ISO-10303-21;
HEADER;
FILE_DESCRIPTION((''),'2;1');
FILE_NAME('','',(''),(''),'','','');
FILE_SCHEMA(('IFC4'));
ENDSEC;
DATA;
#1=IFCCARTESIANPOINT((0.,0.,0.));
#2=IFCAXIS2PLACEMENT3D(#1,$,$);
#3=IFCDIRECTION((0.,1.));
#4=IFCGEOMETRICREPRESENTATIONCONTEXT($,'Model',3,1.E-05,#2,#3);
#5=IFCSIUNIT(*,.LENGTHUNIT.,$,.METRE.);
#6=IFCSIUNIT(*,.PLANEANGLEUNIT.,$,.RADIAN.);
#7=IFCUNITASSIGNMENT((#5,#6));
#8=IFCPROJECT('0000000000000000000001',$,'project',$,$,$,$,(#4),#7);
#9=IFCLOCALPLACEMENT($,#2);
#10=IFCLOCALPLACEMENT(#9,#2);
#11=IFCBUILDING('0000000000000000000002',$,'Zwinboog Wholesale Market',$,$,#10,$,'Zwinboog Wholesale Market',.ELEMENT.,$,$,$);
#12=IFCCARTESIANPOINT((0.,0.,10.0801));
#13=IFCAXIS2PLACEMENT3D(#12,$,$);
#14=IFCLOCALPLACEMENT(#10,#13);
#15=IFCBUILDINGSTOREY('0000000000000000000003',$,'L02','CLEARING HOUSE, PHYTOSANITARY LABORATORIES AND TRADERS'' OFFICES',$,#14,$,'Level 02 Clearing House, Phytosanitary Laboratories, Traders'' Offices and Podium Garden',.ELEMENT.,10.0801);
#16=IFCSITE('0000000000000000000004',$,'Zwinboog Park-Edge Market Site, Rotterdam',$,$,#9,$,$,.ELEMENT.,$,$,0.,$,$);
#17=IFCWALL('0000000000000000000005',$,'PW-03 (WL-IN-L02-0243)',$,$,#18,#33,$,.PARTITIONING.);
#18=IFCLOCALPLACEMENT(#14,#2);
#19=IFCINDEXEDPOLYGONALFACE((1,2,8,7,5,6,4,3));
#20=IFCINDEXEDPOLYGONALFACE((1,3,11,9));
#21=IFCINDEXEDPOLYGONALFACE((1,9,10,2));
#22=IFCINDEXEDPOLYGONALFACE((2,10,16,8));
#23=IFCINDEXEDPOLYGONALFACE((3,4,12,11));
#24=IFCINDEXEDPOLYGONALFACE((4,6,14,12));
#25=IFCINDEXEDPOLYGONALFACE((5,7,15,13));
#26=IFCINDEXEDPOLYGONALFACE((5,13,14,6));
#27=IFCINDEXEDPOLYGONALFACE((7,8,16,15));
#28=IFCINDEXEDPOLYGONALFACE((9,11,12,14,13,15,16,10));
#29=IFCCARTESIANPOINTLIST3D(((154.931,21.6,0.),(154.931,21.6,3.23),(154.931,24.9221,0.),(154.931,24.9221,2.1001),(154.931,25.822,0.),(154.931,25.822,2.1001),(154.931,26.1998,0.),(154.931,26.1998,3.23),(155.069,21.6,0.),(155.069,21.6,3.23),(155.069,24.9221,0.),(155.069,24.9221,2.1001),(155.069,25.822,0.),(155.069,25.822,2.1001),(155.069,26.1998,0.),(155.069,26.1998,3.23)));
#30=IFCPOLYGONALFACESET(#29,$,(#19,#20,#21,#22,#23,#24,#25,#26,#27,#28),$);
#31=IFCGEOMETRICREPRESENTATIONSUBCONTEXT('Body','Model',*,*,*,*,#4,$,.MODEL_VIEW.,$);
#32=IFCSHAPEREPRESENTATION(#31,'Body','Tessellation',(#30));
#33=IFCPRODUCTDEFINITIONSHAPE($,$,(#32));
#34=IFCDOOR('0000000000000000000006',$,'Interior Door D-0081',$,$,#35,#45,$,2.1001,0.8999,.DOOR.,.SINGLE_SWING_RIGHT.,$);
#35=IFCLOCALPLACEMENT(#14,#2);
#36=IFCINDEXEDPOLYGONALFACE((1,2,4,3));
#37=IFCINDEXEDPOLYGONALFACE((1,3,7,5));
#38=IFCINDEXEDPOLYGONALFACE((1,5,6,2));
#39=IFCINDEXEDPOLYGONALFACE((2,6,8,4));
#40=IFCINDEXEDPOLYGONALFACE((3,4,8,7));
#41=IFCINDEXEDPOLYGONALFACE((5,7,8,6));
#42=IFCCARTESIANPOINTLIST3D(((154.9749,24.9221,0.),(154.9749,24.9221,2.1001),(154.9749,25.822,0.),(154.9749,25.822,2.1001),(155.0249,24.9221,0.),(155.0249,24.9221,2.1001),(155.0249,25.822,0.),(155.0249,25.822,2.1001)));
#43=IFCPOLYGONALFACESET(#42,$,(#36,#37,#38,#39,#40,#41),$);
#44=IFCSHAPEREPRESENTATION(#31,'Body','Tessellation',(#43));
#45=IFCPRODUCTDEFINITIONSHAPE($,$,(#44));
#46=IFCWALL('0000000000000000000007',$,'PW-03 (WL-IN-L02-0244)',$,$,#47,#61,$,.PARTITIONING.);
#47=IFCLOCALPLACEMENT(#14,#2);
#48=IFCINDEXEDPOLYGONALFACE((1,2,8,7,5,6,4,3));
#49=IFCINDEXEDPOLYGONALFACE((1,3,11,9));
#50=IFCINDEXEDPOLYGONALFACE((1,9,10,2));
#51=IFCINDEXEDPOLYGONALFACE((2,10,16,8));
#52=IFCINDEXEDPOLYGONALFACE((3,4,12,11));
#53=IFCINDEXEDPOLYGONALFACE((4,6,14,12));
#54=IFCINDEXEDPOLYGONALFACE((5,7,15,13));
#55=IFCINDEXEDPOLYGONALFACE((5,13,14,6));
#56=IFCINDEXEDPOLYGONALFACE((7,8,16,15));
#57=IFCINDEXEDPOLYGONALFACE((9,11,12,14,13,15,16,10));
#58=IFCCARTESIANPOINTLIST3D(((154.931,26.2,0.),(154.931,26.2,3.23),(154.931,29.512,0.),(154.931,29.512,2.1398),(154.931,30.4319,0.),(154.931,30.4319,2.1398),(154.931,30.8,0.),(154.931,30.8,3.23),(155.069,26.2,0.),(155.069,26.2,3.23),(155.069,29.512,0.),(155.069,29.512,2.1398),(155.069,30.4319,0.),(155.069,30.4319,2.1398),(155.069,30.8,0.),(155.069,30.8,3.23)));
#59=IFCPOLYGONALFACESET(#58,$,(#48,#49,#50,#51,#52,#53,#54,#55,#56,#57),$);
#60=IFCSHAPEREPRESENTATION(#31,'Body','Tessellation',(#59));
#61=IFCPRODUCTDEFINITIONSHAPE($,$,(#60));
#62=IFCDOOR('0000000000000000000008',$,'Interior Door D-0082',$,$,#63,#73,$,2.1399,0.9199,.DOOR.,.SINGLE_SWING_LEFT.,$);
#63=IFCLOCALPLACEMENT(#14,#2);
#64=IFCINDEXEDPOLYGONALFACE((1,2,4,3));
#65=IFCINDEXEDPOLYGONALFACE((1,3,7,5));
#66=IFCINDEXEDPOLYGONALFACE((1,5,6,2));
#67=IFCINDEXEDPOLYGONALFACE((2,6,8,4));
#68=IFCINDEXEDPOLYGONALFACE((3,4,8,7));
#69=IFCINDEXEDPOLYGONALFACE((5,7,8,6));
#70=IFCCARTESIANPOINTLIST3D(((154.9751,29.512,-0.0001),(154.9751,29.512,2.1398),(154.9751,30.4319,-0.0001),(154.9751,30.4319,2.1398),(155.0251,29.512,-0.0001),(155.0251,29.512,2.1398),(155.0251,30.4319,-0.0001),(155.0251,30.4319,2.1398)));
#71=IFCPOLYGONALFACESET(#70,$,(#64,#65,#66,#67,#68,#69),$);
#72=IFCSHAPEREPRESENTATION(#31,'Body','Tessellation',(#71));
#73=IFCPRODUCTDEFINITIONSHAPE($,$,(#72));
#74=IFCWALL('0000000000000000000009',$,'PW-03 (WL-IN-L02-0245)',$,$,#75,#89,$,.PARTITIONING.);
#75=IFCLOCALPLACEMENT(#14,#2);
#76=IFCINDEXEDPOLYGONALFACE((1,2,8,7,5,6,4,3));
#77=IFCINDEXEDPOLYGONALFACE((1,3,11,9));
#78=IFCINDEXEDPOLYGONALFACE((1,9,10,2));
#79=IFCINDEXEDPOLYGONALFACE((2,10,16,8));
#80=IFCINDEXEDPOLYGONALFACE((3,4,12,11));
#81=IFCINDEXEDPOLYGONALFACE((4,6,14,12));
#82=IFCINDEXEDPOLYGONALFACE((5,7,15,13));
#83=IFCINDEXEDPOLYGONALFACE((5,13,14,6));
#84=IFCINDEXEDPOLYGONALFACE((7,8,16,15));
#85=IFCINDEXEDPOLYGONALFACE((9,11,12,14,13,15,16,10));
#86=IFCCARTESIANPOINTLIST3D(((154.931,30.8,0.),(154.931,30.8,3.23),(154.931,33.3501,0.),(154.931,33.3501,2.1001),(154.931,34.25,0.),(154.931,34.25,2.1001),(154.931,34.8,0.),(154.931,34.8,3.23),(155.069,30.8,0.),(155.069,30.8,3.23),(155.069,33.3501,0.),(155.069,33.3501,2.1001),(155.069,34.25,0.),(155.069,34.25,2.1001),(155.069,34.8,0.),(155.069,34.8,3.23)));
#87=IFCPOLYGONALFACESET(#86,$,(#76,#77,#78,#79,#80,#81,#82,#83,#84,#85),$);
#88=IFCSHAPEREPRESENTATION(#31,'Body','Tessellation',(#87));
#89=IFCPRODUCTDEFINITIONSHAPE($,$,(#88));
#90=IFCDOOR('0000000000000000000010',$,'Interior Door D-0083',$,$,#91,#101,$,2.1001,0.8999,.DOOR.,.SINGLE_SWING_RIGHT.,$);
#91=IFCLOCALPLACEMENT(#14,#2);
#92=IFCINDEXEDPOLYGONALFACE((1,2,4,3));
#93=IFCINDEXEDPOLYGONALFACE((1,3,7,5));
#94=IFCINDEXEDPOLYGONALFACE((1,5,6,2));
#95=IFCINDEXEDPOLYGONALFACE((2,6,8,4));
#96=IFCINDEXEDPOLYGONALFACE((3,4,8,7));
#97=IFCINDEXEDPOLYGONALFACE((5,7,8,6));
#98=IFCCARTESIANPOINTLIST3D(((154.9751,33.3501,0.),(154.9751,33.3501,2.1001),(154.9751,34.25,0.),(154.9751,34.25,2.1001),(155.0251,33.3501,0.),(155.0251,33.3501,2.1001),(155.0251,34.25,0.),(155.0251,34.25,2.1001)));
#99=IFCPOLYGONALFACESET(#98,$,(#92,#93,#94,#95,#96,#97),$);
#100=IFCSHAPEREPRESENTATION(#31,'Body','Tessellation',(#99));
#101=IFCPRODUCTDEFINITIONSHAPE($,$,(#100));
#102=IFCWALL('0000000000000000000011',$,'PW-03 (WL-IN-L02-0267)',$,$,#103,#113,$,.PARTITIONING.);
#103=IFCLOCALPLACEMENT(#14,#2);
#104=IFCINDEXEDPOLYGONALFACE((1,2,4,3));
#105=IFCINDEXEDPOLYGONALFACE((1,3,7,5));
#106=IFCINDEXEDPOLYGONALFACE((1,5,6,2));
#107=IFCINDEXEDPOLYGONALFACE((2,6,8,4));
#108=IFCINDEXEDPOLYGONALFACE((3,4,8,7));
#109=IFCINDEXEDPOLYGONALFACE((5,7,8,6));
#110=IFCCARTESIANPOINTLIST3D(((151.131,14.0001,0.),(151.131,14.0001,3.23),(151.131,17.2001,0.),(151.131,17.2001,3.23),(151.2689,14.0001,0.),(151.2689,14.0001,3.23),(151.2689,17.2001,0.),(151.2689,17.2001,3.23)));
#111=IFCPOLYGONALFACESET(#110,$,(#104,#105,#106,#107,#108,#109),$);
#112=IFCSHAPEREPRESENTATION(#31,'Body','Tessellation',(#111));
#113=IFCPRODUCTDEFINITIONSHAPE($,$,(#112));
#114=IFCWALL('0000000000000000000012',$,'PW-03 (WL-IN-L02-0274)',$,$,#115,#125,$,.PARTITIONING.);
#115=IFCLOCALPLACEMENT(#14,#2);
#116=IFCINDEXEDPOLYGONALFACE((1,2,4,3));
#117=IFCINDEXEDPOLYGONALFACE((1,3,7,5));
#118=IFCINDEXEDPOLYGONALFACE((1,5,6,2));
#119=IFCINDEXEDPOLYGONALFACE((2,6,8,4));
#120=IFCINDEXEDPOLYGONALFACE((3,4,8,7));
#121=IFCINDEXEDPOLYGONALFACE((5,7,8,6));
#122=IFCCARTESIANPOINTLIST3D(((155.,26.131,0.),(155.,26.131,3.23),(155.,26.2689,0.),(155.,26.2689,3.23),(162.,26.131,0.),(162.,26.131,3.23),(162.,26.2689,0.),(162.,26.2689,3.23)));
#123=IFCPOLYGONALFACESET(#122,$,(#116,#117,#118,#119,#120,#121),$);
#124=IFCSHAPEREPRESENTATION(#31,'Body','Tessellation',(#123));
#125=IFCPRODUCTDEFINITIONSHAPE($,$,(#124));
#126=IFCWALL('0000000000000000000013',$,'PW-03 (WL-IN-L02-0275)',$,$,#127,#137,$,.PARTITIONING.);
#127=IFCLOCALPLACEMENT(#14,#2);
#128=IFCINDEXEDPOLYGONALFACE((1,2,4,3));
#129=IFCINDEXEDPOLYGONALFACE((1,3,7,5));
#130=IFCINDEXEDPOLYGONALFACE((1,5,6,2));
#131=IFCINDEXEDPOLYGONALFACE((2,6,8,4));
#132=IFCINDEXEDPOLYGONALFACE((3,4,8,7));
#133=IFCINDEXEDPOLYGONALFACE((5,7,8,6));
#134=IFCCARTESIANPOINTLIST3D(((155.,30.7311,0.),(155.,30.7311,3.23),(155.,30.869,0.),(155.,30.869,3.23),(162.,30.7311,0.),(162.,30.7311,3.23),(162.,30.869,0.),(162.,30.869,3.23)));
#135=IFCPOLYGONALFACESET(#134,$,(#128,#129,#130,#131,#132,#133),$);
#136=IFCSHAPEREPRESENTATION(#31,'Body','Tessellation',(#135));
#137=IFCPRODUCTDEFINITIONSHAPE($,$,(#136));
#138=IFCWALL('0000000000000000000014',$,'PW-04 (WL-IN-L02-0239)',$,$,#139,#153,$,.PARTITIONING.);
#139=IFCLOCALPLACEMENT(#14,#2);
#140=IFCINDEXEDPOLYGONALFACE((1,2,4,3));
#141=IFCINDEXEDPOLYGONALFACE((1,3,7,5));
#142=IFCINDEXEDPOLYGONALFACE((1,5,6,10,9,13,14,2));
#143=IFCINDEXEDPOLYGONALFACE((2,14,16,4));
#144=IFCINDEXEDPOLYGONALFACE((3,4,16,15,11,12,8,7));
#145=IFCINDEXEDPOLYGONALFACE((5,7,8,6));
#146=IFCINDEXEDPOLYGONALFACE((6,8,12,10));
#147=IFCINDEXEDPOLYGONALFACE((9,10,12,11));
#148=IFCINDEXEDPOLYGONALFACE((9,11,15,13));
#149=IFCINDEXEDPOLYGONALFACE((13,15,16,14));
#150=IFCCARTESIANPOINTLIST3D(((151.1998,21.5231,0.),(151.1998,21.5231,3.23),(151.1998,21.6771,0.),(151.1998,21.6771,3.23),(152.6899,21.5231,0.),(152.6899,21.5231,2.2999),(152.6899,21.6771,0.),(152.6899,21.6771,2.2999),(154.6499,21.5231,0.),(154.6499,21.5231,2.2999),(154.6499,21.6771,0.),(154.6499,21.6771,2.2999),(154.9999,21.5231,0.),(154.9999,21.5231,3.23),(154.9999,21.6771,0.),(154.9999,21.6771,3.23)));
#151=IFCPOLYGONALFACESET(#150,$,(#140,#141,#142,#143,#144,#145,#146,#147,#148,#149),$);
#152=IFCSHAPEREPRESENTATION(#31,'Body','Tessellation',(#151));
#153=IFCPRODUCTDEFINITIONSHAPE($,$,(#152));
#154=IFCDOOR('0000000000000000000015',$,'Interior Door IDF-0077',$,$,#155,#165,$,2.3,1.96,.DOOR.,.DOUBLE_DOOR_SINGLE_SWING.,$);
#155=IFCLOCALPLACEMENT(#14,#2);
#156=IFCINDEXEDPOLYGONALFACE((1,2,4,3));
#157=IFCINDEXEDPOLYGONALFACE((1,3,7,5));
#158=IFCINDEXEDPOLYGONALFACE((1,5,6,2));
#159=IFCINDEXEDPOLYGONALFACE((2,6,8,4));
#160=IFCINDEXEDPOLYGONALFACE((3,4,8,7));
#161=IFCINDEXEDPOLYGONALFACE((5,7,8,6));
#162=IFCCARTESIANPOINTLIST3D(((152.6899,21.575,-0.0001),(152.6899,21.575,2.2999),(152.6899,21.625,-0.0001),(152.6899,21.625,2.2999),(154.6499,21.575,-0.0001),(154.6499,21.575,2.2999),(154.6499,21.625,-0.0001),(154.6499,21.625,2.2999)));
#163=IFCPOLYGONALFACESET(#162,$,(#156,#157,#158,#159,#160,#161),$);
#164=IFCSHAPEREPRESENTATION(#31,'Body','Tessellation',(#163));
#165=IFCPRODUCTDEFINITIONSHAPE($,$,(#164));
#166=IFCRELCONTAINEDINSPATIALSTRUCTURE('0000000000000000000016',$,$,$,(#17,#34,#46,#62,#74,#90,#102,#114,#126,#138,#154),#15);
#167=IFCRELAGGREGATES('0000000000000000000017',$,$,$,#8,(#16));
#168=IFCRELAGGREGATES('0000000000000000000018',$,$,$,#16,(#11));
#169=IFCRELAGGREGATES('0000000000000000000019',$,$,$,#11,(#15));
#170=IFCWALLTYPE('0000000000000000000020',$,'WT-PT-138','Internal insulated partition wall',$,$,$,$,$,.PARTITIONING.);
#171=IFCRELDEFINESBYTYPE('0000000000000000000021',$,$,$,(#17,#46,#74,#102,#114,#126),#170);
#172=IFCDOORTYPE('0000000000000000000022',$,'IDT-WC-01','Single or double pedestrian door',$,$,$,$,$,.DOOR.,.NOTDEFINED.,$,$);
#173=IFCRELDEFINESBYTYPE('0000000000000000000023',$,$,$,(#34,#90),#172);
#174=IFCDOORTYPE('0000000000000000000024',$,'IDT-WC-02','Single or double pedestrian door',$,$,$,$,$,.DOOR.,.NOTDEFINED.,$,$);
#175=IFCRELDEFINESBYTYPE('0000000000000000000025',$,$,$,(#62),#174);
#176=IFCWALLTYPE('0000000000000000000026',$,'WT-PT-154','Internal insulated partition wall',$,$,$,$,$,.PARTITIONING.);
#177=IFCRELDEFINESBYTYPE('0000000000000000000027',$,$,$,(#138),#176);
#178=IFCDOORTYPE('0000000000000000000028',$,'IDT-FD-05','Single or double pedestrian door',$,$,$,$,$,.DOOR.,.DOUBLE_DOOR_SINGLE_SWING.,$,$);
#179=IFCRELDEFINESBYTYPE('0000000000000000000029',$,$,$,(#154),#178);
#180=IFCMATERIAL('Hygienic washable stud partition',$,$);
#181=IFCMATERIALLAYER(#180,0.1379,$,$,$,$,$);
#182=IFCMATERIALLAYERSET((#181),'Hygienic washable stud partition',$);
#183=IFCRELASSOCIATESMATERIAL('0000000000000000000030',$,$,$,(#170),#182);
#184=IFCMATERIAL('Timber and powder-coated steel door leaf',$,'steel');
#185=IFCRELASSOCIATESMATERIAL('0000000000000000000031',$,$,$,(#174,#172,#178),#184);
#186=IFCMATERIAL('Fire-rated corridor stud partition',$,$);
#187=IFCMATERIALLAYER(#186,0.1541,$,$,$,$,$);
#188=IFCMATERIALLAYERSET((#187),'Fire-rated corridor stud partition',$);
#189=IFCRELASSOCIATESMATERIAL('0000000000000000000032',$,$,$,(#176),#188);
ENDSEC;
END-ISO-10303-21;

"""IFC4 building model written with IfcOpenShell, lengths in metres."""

from ifc_helpers import new_model, si_unit, direction, frame, frame_2d, origin, place, context, subcontext, project, spatial, rectangle, extrude, material, layer, layer_set, type_object, element, fill, save


model = new_model("IFC4")

# Units and contexts
model_context = context("Model", 3, precision=1e-05, world=origin(), true_north=direction((0.0, 1.0)))
body_context = subcontext(model_context, "Body", "Model", "MODEL_VIEW")
ifc_project = project(units=[si_unit("LENGTHUNIT", "METRE"), si_unit("PLANEANGLEUNIT", "RADIAN")], contexts=[model_context])

# Site, building, storey
site_placement = place(None, origin())
site = spatial("IfcSite", under=ifc_project, at=site_placement, Name="Zwinboog Park-Edge Market Site, Rotterdam", CompositionType="ELEMENT", RefElevation=0.0)
building_placement = place(site_placement, origin())
building = spatial("IfcBuilding", under=site, at=building_placement, Name="Zwinboog Wholesale Market", LongName="Zwinboog Wholesale Market", CompositionType="ELEMENT")
storey_placement = place(building_placement, frame((0.0, 0.0, 10.0801)))
storey = spatial("IfcBuildingStorey", under=building, at=storey_placement, Name="L02", Description="CLEARING HOUSE, PHYTOSANITARY LABORATORIES AND TRADERS' OFFICES", LongName="Level 02 Clearing House, Phytosanitary Laboratories, Traders' Offices and Podium Garden", CompositionType="ELEMENT", Elevation=10.0801)

# Walls, openings, doors
ifc_material_1 = material(Name="Hygienic washable stud partition")
ifc_layer_1 = layer(ifc_material_1, 0.1379)
ifc_layer_set_1 = layer_set([ifc_layer_1], Name="Hygienic washable stud partition")
wall_type_1 = type_object("IfcWallType", Name="WT-PT-138", Description="Internal insulated partition wall", PredefinedType="PARTITIONING", material=ifc_layer_set_1)
ifc_material_2 = material(Name="Timber and powder-coated steel door leaf", Category="steel")
door_type_1 = type_object("IfcDoorType", Name="IDT-WC-02", Description="Single or double pedestrian door", OperationType="NOTDEFINED", PredefinedType="DOOR", material=ifc_material_2)
wall_1_placement = place(storey_placement, frame((155.0, 21.6001, 0.0), z_axis=(0.0, 0.0, 1.0), x_axis=(0.0, 1.0, 0.0)))
wall_1 = element("IfcWall", 1, at=wall_1_placement, inside=storey, type_object=wall_type_1, Name="PW-03 (WL-IN-L02-0243)", PredefinedType="PARTITIONING", context=body_context, shape_type="SweptSolid", body=[
    extrude(rectangle(XDim=4.5999, YDim=0.1379, at=frame_2d((2.2998, 0.0))), origin(), (0.0, 0.0, 1.0), 3.23),
])
opening_1_placement = place(wall_1_placement, frame((3.322, 0.0, 0.0)))
opening_1 = element("IfcOpeningElement", 2, at=opening_1_placement, cuts=wall_1, PredefinedType="OPENING", context=body_context, shape_type="SweptSolid", body=[
    extrude(rectangle(XDim=0.8999, YDim=2.1001, at=frame_2d((0.45, 1.05))), frame((0.0, 0.0789, 0.0), z_axis=(0.0, -1.0, 0.0), x_axis=(1.0, 0.0, 0.0)), (0.0, 0.0, 1.0), 0.158),
])
door_type_2 = type_object("IfcDoorType", Name="IDT-WC-01", Description="Single or double pedestrian door", OperationType="NOTDEFINED", PredefinedType="DOOR", material=ifc_material_2)
door_1_placement = place(opening_1_placement, frame((0.8999, 0.0, 0.0), z_axis=(0.0, 0.0, 1.0), x_axis=(-1.0, 0.0, 0.0)))
door_1 = element("IfcDoor", 3, at=door_1_placement, inside=storey, type_object=door_type_2, Name="Interior Door D-0081", OperationType="SINGLE_SWING_RIGHT", OverallHeight=2.1001, OverallWidth=0.8999, PredefinedType="DOOR", context=body_context, shape_type="SweptSolid", body=[
    extrude(rectangle(XDim=0.8999, YDim=2.1001, at=frame_2d((0.45, 1.05))), frame((0.0, 0.0249, 0.0), z_axis=(0.0, -1.0, 0.0), x_axis=(1.0, 0.0, 0.0)), (0.0, 0.0, 1.0), 0.05),
])
fill(opening_1, door_1)
wall_2_placement = place(storey_placement, frame((155.0, 26.2, 0.0), z_axis=(0.0, 0.0, 1.0), x_axis=(0.0, 1.0, 0.0)))
wall_2 = element("IfcWall", 4, at=wall_2_placement, inside=storey, type_object=wall_type_1, Name="PW-03 (WL-IN-L02-0244)", PredefinedType="PARTITIONING", context=body_context, shape_type="SweptSolid", body=[
    extrude(rectangle(XDim=4.6001, YDim=0.1379, at=frame_2d((2.3, 0.0))), origin(), (0.0, 0.0, 1.0), 3.23),
])
opening_2_placement = place(wall_2_placement, frame((3.312, 0.0, 0.0)))
opening_2 = element("IfcOpeningElement", 5, at=opening_2_placement, cuts=wall_2, PredefinedType="OPENING", context=body_context, shape_type="SweptSolid", body=[
    extrude(rectangle(XDim=0.9199, YDim=2.1399, at=frame_2d((0.46, 1.0698))), frame((0.0, 0.0789, 0.0), z_axis=(0.0, -1.0, 0.0), x_axis=(1.0, 0.0, 0.0)), (0.0, 0.0, 1.0), 0.158),
])
door_2_placement = place(opening_2_placement, origin())
door_2 = element("IfcDoor", 6, at=door_2_placement, inside=storey, type_object=door_type_1, Name="Interior Door D-0082", OperationType="SINGLE_SWING_LEFT", OverallHeight=2.1399, OverallWidth=0.9199, PredefinedType="DOOR", context=body_context, shape_type="SweptSolid", body=[
    extrude(rectangle(XDim=0.9199, YDim=2.1399, at=frame_2d((0.46, 1.0698))), frame((0.0, 0.0249, 0.0), z_axis=(0.0, -1.0, 0.0), x_axis=(1.0, 0.0, 0.0)), (0.0, 0.0, 1.0), 0.05),
])
fill(opening_2, door_2)
wall_3_placement = place(storey_placement, frame((155.0, 30.8, 0.0), z_axis=(0.0, 0.0, 1.0), x_axis=(0.0, 1.0, 0.0)))
wall_3 = element("IfcWall", 7, at=wall_3_placement, inside=storey, type_object=wall_type_1, Name="PW-03 (WL-IN-L02-0245)", PredefinedType="PARTITIONING", context=body_context, shape_type="SweptSolid", body=[
    extrude(rectangle(XDim=4.0, YDim=0.1379, at=frame_2d((2.0, 0.0))), origin(), (0.0, 0.0, 1.0), 3.23),
])
opening_3_placement = place(wall_3_placement, frame((2.55, 0.0, 0.0)))
opening_3 = element("IfcOpeningElement", 8, at=opening_3_placement, cuts=wall_3, PredefinedType="OPENING", context=body_context, shape_type="SweptSolid", body=[
    extrude(rectangle(XDim=0.8999, YDim=2.1001, at=frame_2d((0.45, 1.05))), frame((0.0, 0.0789, 0.0), z_axis=(0.0, -1.0, 0.0), x_axis=(1.0, 0.0, 0.0)), (0.0, 0.0, 1.0), 0.158),
])
door_3_placement = place(opening_3_placement, origin())
door_3 = element("IfcDoor", 9, at=door_3_placement, inside=storey, type_object=door_type_2, Name="Interior Door D-0083", OperationType="SINGLE_SWING_RIGHT", OverallHeight=2.1001, OverallWidth=0.8999, PredefinedType="DOOR", context=body_context, shape_type="SweptSolid", body=[
    extrude(rectangle(XDim=0.8999, YDim=2.1001, at=frame_2d((0.45, 1.05))), frame((0.0, 0.0249, 0.0), z_axis=(0.0, -1.0, 0.0), x_axis=(1.0, 0.0, 0.0)), (0.0, 0.0, 1.0), 0.05),
])
fill(opening_3, door_3)

# Walls
wall_4_placement = place(storey_placement, frame((151.2, 14.0, 0.0), z_axis=(0.0, 0.0, 1.0), x_axis=(0.0, 1.0, 0.0)))
element("IfcWall", 10, at=wall_4_placement, inside=storey, type_object=wall_type_1, Name="PW-03 (WL-IN-L02-0267)", PredefinedType="PARTITIONING", context=body_context, shape_type="SweptSolid", body=[
    extrude(rectangle(XDim=3.2, YDim=0.1379, at=frame_2d((1.6001, 0.0))), origin(), (0.0, 0.0, 1.0), 3.23),
])
for number, where, z_axis, x_axis, name in (
    (11, (155.0, 26.2, 0.0), (0.0, 0.0, 1.0), (1.0, 0.0, 0.0), "PW-03 (WL-IN-L02-0274)"),
    (12, (155.0, 30.8, 0.0), (0.0, 0.0, 1.0), (1.0, 0.0, 0.0), "PW-03 (WL-IN-L02-0275)"),
):
    element("IfcWall", number, at=place(storey_placement, frame(where, z_axis=z_axis, x_axis=x_axis)), inside=storey, type_object=wall_type_1, Name=name, PredefinedType="PARTITIONING", context=body_context, shape_type="SweptSolid", body=[
        extrude(rectangle(XDim=7.0, YDim=0.1379, at=frame_2d((3.5, 0.0))), origin(), (0.0, 0.0, 1.0), 3.23),
    ])

# Wall, opening, door
ifc_material_3 = material(Name="Fire-rated corridor stud partition")
ifc_layer_2 = layer(ifc_material_3, 0.1541)
ifc_layer_set_2 = layer_set([ifc_layer_2], Name="Fire-rated corridor stud partition")
wall_type_2 = type_object("IfcWallType", Name="WT-PT-154", Description="Internal insulated partition wall", PredefinedType="PARTITIONING", material=ifc_layer_set_2)
wall_5_placement = place(storey_placement, frame((151.2, 21.6001, 0.0), z_axis=(0.0, 0.0, 1.0), x_axis=(1.0, 0.0, 0.0)))
wall_5 = element("IfcWall", 13, at=wall_5_placement, inside=storey, type_object=wall_type_2, Name="PW-04 (WL-IN-L02-0239)", PredefinedType="PARTITIONING", context=body_context, shape_type="SweptSolid", body=[
    extrude(rectangle(XDim=3.8, YDim=0.1541, at=frame_2d((1.8999, 0.0))), origin(), (0.0, 0.0, 1.0), 3.23),
])
opening_4_placement = place(wall_5_placement, frame((1.49, 0.0, 0.0)))
opening_4 = element("IfcOpeningElement", 14, at=opening_4_placement, cuts=wall_5, PredefinedType="OPENING", context=body_context, shape_type="SweptSolid", body=[
    extrude(rectangle(XDim=1.96, YDim=2.3, at=frame_2d((0.98, 1.1499))), frame((0.0, 0.0869, 0.0), z_axis=(0.0, -1.0, 0.0), x_axis=(1.0, 0.0, 0.0)), (0.0, 0.0, 1.0), 0.1741),
])
door_type_3 = type_object("IfcDoorType", Name="IDT-FD-05", Description="Single or double pedestrian door", OperationType="DOUBLE_DOOR_SINGLE_SWING", PredefinedType="DOOR", material=ifc_material_2)
door_4_placement = place(opening_4_placement, origin())
door_4 = element("IfcDoor", 15, at=door_4_placement, inside=storey, type_object=door_type_3, Name="Interior Door IDF-0077", OperationType="DOUBLE_DOOR_SINGLE_SWING", OverallHeight=2.3, OverallWidth=1.96, PredefinedType="DOOR", context=body_context, shape_type="SweptSolid", body=[
    extrude(rectangle(XDim=1.96, YDim=2.3, at=frame_2d((0.98, 1.1499))), frame((0.0, 0.0249, 0.0), z_axis=(0.0, -1.0, 0.0), x_axis=(1.0, 0.0, 0.0)), (0.0, 0.0, 1.0), 0.05),
])
fill(opening_4, door_4)

save(model, "model.ifc")
